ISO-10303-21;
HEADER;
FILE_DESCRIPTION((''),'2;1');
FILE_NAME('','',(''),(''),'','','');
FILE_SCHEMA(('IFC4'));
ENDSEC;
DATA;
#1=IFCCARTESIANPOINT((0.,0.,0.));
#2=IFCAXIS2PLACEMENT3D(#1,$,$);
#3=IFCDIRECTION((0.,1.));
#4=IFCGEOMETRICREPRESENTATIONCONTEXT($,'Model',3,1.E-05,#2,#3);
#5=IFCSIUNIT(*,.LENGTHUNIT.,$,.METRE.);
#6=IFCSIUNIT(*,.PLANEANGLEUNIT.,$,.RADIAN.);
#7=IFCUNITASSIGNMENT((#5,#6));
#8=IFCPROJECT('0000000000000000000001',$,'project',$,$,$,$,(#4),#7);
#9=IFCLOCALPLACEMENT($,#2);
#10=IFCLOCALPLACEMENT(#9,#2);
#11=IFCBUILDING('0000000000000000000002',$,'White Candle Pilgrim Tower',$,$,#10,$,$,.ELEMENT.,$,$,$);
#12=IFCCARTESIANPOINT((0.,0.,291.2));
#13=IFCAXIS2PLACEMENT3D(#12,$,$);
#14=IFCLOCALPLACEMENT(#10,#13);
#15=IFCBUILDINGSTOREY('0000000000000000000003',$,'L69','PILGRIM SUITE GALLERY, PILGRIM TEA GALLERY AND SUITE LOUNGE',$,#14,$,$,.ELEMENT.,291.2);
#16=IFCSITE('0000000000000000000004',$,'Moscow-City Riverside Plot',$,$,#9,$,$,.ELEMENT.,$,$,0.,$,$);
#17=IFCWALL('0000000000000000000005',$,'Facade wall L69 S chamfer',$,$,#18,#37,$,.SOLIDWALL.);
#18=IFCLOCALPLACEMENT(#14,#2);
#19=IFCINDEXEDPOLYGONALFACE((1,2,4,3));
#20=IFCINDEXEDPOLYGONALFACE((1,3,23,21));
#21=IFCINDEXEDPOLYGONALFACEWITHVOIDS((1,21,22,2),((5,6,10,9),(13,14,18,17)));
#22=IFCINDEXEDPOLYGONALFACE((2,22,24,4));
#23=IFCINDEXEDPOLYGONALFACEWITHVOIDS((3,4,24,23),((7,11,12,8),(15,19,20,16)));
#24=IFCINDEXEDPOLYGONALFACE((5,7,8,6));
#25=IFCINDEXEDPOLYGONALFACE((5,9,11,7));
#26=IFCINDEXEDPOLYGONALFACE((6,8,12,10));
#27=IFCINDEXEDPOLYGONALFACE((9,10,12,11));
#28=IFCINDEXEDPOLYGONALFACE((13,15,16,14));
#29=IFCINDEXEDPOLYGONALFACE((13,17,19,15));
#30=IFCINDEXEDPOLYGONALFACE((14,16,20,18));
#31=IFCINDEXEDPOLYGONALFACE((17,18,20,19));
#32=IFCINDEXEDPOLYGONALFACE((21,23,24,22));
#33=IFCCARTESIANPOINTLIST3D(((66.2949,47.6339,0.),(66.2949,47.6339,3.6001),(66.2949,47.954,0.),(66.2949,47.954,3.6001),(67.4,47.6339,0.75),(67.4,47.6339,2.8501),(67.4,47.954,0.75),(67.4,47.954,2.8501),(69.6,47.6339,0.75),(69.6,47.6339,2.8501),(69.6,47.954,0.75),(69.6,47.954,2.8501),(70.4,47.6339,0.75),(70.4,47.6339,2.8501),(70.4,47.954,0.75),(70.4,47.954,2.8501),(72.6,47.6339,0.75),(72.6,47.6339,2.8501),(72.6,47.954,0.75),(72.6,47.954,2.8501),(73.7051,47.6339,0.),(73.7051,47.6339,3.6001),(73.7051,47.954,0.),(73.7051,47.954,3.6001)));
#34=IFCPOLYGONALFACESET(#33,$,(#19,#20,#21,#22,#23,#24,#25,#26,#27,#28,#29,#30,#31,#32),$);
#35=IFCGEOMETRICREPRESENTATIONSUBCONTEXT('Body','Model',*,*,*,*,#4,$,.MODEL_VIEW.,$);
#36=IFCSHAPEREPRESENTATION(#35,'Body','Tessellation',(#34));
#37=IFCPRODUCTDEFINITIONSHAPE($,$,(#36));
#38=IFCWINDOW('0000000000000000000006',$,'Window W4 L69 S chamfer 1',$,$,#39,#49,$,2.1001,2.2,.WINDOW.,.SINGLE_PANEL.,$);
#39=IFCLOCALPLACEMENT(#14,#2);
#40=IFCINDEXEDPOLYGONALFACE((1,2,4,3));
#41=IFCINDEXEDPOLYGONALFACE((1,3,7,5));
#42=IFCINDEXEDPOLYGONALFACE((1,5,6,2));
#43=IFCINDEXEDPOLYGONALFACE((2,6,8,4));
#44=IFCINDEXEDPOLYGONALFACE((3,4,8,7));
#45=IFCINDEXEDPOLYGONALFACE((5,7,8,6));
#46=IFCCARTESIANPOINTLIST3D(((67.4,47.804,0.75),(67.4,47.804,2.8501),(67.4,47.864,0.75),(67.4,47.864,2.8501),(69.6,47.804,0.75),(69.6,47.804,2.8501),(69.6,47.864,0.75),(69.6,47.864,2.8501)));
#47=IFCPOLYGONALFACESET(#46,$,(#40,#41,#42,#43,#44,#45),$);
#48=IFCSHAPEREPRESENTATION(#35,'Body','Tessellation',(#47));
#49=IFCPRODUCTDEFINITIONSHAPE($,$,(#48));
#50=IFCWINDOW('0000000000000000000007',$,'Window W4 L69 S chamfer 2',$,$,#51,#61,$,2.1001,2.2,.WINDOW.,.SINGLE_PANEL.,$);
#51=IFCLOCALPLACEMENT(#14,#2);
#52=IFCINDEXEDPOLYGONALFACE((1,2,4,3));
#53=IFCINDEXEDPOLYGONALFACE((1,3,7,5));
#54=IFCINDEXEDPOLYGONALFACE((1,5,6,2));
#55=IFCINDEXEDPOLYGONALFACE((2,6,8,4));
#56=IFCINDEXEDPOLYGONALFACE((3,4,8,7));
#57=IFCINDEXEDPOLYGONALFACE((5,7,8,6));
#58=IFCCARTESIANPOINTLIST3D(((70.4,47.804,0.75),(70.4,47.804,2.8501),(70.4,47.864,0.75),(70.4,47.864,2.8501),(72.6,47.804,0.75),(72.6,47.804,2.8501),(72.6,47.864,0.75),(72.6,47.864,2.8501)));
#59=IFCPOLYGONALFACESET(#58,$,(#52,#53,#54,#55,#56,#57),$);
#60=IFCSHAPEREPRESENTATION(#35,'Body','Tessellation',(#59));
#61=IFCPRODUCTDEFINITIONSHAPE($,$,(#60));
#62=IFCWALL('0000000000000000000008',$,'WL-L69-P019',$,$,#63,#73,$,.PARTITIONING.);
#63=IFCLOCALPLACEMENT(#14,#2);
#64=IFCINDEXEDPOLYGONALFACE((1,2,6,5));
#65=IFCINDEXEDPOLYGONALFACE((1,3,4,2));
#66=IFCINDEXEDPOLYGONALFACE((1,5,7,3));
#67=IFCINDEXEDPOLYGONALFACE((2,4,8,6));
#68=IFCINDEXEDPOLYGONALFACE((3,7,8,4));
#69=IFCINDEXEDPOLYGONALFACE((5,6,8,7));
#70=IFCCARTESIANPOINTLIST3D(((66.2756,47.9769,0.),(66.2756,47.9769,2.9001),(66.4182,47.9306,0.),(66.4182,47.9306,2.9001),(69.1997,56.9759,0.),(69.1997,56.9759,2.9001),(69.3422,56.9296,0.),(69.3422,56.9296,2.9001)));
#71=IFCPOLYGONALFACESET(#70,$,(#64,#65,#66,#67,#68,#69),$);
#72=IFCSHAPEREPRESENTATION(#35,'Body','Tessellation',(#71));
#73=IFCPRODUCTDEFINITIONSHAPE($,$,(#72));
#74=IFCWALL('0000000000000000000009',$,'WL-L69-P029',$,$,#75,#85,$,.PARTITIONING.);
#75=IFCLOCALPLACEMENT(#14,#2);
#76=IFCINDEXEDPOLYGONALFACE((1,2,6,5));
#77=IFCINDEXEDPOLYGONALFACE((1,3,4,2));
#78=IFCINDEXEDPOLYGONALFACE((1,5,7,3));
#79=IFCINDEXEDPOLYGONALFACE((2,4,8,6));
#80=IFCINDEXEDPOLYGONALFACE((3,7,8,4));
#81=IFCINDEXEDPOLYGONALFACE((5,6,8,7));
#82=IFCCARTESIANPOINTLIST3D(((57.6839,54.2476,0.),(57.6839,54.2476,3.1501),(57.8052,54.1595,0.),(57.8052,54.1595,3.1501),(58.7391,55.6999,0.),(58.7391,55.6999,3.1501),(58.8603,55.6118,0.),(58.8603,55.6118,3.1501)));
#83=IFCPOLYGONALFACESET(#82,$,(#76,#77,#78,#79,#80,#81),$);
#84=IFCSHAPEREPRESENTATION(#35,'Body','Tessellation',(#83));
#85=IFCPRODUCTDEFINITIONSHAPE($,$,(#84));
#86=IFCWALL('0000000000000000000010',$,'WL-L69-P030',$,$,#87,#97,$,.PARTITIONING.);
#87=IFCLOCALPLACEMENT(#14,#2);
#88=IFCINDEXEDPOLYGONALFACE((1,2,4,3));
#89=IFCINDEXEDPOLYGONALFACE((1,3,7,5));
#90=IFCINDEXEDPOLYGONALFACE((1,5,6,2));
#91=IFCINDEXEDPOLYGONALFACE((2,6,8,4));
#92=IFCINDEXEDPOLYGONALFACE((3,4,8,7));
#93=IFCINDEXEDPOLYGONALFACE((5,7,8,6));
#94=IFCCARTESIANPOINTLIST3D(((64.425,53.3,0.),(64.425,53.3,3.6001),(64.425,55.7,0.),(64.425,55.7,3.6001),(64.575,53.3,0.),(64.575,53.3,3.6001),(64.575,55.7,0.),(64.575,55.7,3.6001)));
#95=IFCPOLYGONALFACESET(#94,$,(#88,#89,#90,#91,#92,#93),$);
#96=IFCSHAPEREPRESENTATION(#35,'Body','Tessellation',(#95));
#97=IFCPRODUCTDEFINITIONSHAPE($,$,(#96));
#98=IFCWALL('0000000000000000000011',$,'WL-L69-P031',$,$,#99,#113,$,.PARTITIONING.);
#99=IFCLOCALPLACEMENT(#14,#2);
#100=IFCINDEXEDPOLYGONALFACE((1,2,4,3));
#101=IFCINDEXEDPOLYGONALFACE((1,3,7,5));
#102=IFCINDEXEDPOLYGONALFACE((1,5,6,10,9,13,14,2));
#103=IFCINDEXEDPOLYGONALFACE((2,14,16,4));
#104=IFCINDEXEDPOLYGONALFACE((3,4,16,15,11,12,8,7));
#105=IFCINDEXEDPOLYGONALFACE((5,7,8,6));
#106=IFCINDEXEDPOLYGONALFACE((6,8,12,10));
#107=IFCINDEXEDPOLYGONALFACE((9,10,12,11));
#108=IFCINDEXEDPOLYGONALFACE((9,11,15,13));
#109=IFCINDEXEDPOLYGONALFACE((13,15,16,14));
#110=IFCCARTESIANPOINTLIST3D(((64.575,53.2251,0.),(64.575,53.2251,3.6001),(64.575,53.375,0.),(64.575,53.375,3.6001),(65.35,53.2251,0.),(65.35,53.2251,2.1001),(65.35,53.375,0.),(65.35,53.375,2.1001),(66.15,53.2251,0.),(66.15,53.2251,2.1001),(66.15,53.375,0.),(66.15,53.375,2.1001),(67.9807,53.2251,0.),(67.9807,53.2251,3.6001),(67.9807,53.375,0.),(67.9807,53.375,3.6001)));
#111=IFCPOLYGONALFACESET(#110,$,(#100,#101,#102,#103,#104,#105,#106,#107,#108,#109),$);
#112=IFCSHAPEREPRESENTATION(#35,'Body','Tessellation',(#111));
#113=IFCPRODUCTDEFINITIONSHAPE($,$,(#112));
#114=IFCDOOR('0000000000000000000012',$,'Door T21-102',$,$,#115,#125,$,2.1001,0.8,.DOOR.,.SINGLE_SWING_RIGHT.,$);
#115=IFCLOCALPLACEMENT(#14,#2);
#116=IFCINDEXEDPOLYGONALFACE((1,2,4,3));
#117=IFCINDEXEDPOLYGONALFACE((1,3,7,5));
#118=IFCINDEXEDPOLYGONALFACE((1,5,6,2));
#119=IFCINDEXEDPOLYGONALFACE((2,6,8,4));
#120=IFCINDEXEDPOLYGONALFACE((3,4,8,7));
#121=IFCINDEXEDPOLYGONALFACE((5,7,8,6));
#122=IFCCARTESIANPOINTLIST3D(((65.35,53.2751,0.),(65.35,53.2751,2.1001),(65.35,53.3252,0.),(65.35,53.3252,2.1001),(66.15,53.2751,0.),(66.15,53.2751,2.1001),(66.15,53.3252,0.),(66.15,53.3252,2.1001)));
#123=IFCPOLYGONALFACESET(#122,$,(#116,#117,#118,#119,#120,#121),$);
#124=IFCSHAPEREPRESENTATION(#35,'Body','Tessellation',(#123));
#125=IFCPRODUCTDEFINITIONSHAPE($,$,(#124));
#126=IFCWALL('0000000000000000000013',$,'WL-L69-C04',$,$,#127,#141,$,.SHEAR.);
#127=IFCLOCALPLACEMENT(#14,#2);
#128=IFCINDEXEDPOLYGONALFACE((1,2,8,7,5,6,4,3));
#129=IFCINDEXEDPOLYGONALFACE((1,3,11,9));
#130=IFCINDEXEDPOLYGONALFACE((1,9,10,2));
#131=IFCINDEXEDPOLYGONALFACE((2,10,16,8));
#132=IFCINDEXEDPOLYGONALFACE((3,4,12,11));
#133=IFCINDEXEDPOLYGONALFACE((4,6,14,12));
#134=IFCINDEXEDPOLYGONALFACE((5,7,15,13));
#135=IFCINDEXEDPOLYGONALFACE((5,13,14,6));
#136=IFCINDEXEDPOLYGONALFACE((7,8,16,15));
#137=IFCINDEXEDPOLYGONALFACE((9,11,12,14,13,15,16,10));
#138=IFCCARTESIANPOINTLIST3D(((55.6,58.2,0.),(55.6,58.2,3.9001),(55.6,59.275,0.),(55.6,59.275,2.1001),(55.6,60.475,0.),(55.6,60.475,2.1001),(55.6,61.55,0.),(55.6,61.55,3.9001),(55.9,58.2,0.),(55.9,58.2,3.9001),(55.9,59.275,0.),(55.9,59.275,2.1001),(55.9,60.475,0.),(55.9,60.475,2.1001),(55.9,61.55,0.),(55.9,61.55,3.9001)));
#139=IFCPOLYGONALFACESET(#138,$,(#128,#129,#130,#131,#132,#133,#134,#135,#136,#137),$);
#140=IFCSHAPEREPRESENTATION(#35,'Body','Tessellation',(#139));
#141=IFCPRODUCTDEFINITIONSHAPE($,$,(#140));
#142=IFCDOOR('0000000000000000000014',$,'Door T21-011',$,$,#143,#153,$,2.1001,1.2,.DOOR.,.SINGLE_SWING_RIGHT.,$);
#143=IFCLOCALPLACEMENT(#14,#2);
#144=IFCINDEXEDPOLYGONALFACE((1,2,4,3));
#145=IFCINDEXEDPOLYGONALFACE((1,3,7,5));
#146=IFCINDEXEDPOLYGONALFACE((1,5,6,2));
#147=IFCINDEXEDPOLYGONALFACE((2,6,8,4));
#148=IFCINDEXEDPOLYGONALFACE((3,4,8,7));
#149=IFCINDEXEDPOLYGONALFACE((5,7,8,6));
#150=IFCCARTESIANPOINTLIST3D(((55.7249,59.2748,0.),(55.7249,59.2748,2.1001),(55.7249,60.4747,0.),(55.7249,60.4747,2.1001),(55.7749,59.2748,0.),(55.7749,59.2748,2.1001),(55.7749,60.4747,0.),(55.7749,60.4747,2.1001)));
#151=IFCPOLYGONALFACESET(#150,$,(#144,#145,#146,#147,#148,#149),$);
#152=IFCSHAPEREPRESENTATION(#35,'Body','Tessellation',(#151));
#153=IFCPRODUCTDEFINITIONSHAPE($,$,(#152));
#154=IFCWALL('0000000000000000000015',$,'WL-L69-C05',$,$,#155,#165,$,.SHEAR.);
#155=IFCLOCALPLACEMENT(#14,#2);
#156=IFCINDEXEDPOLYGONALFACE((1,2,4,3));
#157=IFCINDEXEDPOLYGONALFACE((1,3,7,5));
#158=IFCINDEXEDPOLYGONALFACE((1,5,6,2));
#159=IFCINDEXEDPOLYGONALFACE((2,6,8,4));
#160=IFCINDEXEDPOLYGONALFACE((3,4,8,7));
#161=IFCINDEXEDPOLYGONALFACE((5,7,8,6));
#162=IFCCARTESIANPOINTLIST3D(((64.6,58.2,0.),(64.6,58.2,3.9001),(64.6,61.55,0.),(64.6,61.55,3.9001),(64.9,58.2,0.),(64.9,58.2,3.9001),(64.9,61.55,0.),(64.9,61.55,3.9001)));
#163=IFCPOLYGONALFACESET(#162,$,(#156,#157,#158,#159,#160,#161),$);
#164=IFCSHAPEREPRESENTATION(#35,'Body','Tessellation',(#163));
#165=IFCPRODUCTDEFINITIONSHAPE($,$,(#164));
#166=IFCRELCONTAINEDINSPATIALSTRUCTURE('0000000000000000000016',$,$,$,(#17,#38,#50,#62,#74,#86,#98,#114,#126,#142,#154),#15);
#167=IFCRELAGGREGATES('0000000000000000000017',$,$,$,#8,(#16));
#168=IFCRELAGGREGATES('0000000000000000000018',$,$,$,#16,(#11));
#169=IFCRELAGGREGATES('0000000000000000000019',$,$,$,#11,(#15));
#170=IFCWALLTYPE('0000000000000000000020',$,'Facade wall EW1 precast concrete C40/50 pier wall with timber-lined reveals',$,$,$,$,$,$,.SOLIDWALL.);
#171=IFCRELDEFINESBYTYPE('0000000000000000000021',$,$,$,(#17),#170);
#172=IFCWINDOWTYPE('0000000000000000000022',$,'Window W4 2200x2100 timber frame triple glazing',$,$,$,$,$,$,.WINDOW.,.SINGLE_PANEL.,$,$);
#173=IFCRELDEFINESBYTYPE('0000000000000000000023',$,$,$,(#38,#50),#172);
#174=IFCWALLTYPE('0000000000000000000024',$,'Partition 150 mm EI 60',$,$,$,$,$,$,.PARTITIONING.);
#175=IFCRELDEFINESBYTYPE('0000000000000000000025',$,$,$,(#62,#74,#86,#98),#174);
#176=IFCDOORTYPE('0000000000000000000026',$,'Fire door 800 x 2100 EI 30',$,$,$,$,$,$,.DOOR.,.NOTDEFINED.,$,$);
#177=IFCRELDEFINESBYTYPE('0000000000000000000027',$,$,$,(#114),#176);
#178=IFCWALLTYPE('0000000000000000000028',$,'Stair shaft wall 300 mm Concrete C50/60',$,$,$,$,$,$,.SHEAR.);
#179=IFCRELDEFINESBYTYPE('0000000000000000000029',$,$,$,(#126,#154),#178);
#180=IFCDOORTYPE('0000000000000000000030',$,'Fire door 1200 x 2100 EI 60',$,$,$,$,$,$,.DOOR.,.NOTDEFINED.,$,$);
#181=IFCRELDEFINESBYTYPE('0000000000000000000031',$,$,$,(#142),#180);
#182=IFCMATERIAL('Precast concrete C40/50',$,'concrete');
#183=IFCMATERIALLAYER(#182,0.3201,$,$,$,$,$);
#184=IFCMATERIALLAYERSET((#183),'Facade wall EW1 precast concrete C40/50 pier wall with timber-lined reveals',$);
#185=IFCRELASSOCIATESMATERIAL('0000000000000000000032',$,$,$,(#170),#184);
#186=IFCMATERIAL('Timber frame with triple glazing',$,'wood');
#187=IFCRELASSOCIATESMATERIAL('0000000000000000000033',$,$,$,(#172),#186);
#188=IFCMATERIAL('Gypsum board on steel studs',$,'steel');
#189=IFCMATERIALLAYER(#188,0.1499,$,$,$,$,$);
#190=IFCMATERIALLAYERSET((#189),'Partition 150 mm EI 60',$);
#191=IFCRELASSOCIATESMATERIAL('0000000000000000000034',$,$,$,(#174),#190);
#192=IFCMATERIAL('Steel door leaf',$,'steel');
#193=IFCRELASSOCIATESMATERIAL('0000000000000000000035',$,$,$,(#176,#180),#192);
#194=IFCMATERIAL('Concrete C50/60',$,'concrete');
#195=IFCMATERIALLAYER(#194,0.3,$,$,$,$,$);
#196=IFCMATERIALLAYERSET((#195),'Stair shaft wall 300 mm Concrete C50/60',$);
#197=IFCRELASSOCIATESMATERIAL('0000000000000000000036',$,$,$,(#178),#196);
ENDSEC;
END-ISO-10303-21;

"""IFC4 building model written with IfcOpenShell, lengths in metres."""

from ifc_helpers import new_model, si_unit, direction, frame, frame_2d, origin, place, context, subcontext, project, spatial, rectangle, extrude, material, layer, layer_set, type_object, element, fill, save


model = new_model("IFC4")

# Units and contexts
model_context = context("Model", 3, precision=1e-05, world=origin(), true_north=direction((0.0, 1.0)))
body_context = subcontext(model_context, "Body", "Model", "MODEL_VIEW")
ifc_project = project(units=[si_unit("LENGTHUNIT", "METRE"), si_unit("PLANEANGLEUNIT", "RADIAN")], contexts=[model_context])

# Site, building, storey
site_placement = place(None, origin())
site = spatial("IfcSite", under=ifc_project, at=site_placement, Name="Moscow-City Riverside Plot", CompositionType="ELEMENT", RefElevation=0.0)
building_placement = place(site_placement, origin())
building = spatial("IfcBuilding", under=site, at=building_placement, Name="White Candle Pilgrim Tower", CompositionType="ELEMENT")
storey_placement = place(building_placement, frame((0.0, 0.0, 291.2)))
storey = spatial("IfcBuildingStorey", under=building, at=storey_placement, Name="L69", Description="PILGRIM SUITE GALLERY, PILGRIM TEA GALLERY AND SUITE LOUNGE", CompositionType="ELEMENT", Elevation=291.2)

# Shared definitions
ifc_material_1 = material(Name="Concrete C50/60", Category="concrete")

# Shared definitions
ifc_material_2 = material(Name="Gypsum board on steel studs", Category="steel")
ifc_material_3 = material(Name="Steel door leaf", Category="steel")

# Wall, openings, windows
ifc_material_4 = material(Name="Precast concrete C40/50", Category="concrete")
ifc_layer_1 = layer(ifc_material_4, 0.3201)
ifc_layer_set_1 = layer_set([ifc_layer_1], Name="Facade wall EW1 precast concrete C40/50 pier wall with timber-lined reveals")
wall_type_1 = type_object("IfcWallType", Name="Facade wall EW1 precast concrete C40/50 pier wall with timber-lined reveals", PredefinedType="SOLIDWALL", material=ifc_layer_set_1)
wall_1_placement = place(storey_placement, frame((66.2949, 47.7939, 0.0), z_axis=(0.0, 0.0, 1.0), x_axis=(1.0, 0.0, 0.0)))
wall_1 = element("IfcWall", 1, at=wall_1_placement, inside=storey, type_object=wall_type_1, Name="Facade wall L69 S chamfer", PredefinedType="SOLIDWALL", context=body_context, shape_type="SweptSolid", body=[
    extrude(rectangle(XDim=7.4102, YDim=0.3201, at=frame_2d((3.7051, 0.0))), origin(), (0.0, 0.0, 1.0), 3.6001),
])
opening_1_placement = place(wall_1_placement, frame((1.105, 0.0, 0.75)))
opening_1 = element("IfcOpeningElement", 2, at=opening_1_placement, cuts=wall_1, PredefinedType="OPENING", context=body_context, shape_type="SweptSolid", body=[
    extrude(rectangle(XDim=2.2, YDim=2.1001, at=frame_2d((1.1001, 1.05))), frame((0.0, 0.1699, 0.0), z_axis=(0.0, -1.0, 0.0), x_axis=(1.0, 0.0, 0.0)), (0.0, 0.0, 1.0), 0.3401),
])
opening_2_placement = place(wall_1_placement, frame((4.105, 0.0, 0.75)))
opening_2 = element("IfcOpeningElement", 3, at=opening_2_placement, cuts=wall_1, PredefinedType="OPENING", context=body_context, shape_type="SweptSolid", body=[
    extrude(rectangle(XDim=2.2, YDim=2.1001, at=frame_2d((1.1001, 1.05))), frame((0.0, 0.1699, 0.0), z_axis=(0.0, -1.0, 0.0), x_axis=(1.0, 0.0, 0.0)), (0.0, 0.0, 1.0), 0.3401),
])
ifc_material_5 = material(Name="Timber frame with triple glazing", Category="wood")
window_type = type_object("IfcWindowType", Name="Window W4 2200x2100 timber frame triple glazing", PartitioningType="SINGLE_PANEL", PredefinedType="WINDOW", material=ifc_material_5)
window_1_placement = place(opening_1_placement, origin())
window_1 = element("IfcWindow", 4, at=window_1_placement, inside=storey, type_object=window_type, Name="Window W4 L69 S chamfer 1", OverallHeight=2.1001, OverallWidth=2.2, PartitioningType="SINGLE_PANEL", PredefinedType="WINDOW", context=body_context, shape_type="SweptSolid", body=[
    extrude(rectangle(XDim=2.2, YDim=2.1001, at=frame_2d((1.1001, 1.05))), frame((0.0, 0.0701, 0.0), z_axis=(0.0, -1.0, 0.0), x_axis=(1.0, 0.0, 0.0)), (0.0, 0.0, 1.0), 0.0601),
])
fill(opening_1, window_1)
window_2_placement = place(opening_2_placement, origin())
window_2 = element("IfcWindow", 5, at=window_2_placement, inside=storey, type_object=window_type, Name="Window W4 L69 S chamfer 2", OverallHeight=2.1001, OverallWidth=2.2, PartitioningType="SINGLE_PANEL", PredefinedType="WINDOW", context=body_context, shape_type="SweptSolid", body=[
    extrude(rectangle(XDim=2.2, YDim=2.1001, at=frame_2d((1.1001, 1.05))), frame((0.0, 0.0701, 0.0), z_axis=(0.0, -1.0, 0.0), x_axis=(1.0, 0.0, 0.0)), (0.0, 0.0, 1.0), 0.0601),
])
fill(opening_2, window_2)

# Walls
ifc_layer_2 = layer(ifc_material_2, 0.1499)
ifc_layer_set_2 = layer_set([ifc_layer_2], Name="Partition 150 mm EI 60")
wall_type_2 = type_object("IfcWallType", Name="Partition 150 mm EI 60", PredefinedType="PARTITIONING", material=ifc_layer_set_2)
wall_2_placement = place(storey_placement, frame((66.3469, 47.9539, 0.0), z_axis=(0.0, 0.0, 1.0), x_axis=(0.309028, 0.951053, 0.0)))
element("IfcWall", 6, at=wall_2_placement, inside=storey, type_object=wall_type_2, Name="WL-L69-P019", PredefinedType="PARTITIONING", context=body_context, shape_type="SweptSolid", body=[
    extrude(rectangle(XDim=9.4622, YDim=0.1499, at=frame_2d((4.731, 0.0))), origin(), (0.0, 0.0, 1.0), 2.9001),
])
wall_3_placement = place(storey_placement, frame((57.7446, 54.2036, 0.0), z_axis=(0.0, 0.0, 1.0), x_axis=(0.587767, 0.80903, 0.0)))
element("IfcWall", 7, at=wall_3_placement, inside=storey, type_object=wall_type_2, Name="WL-L69-P029", PredefinedType="PARTITIONING", context=body_context, shape_type="SweptSolid", body=[
    extrude(rectangle(XDim=1.7952, YDim=0.1499, at=frame_2d((0.8975, 0.0))), origin(), (0.0, 0.0, 1.0), 3.1501),
])
wall_4_placement = place(storey_placement, frame((64.5, 55.7, 0.0), z_axis=(0.0, 0.0, 1.0), x_axis=(0.0, -1.0, 0.0)))
element("IfcWall", 8, at=wall_4_placement, inside=storey, type_object=wall_type_2, Name="WL-L69-P030", PredefinedType="PARTITIONING", context=body_context, shape_type="SweptSolid", body=[
    extrude(rectangle(XDim=2.3999, YDim=0.1499, at=frame_2d((1.2, 0.0))), origin(), (0.0, 0.0, 1.0), 3.6001),
])

# Walls, openings, doors
wall_5_placement = place(storey_placement, frame((67.9807, 53.3, 0.0), z_axis=(0.0, 0.0, 1.0), x_axis=(-1.0, 0.0, 0.0)))
wall_5 = element("IfcWall", 9, at=wall_5_placement, inside=storey, type_object=wall_type_2, Name="WL-L69-P031", PredefinedType="PARTITIONING", context=body_context, shape_type="SweptSolid", body=[
    extrude(rectangle(XDim=3.4058, YDim=0.1499, at=frame_2d((1.7029, 0.0))), origin(), (0.0, 0.0, 1.0), 3.6001),
])
opening_3_placement = place(wall_5_placement, frame((1.8308, 0.0, 0.0)))
opening_3 = element("IfcOpeningElement", 10, at=opening_3_placement, cuts=wall_5, PredefinedType="OPENING", context=body_context, shape_type="SweptSolid", body=[
    extrude(rectangle(XDim=0.8, YDim=2.1001, at=frame_2d((0.3999, 1.05))), frame((0.0, 0.085, 0.0), z_axis=(0.0, -1.0, 0.0), x_axis=(1.0, 0.0, 0.0)), (0.0, 0.0, 1.0), 0.1699),
])
door_type_1 = type_object("IfcDoorType", Name="Fire door 800 x 2100 EI 30", OperationType="NOTDEFINED", PredefinedType="DOOR", material=ifc_material_3)
door_1_placement = place(opening_3_placement, origin())
door_1 = element("IfcDoor", 11, at=door_1_placement, inside=storey, type_object=door_type_1, Name="Door T21-102", OperationType="SINGLE_SWING_RIGHT", OverallHeight=2.1001, OverallWidth=0.8, PredefinedType="DOOR", context=body_context, shape_type="SweptSolid", body=[
    extrude(rectangle(XDim=0.8, YDim=2.1001, at=frame_2d((0.3999, 1.05))), frame((0.0, 0.0249, 0.0), z_axis=(0.0, -1.0, 0.0), x_axis=(1.0, 0.0, 0.0)), (0.0, 0.0, 1.0), 0.05),
])
fill(opening_3, door_1)
ifc_layer_3 = layer(ifc_material_1, 0.3)
ifc_layer_set_3 = layer_set([ifc_layer_3], Name="Stair shaft wall 300 mm Concrete C50/60")
wall_type_3 = type_object("IfcWallType", Name="Stair shaft wall 300 mm Concrete C50/60", PredefinedType="SHEAR", material=ifc_layer_set_3)
wall_6_placement = place(storey_placement, frame((55.75, 58.2, 0.0), z_axis=(0.0, 0.0, 1.0), x_axis=(0.0, 1.0, 0.0)))
wall_6 = element("IfcWall", 12, at=wall_6_placement, inside=storey, type_object=wall_type_3, Name="WL-L69-C04", PredefinedType="SHEAR", context=body_context, shape_type="SweptSolid", body=[
    extrude(rectangle(XDim=3.3501, YDim=0.3, at=frame_2d((1.675, 0.0))), origin(), (0.0, 0.0, 1.0), 3.9001),
])
opening_4_placement = place(wall_6_placement, frame((1.075, 0.0, 0.0)))
opening_4 = element("IfcOpeningElement", 13, at=opening_4_placement, cuts=wall_6, PredefinedType="OPENING", context=body_context, shape_type="SweptSolid", body=[
    extrude(rectangle(XDim=1.2, YDim=2.1001, at=frame_2d((0.6001, 1.05))), frame((0.0, 0.1599, 0.0), z_axis=(0.0, -1.0, 0.0), x_axis=(1.0, 0.0, 0.0)), (0.0, 0.0, 1.0), 0.3201),
])
door_type_2 = type_object("IfcDoorType", Name="Fire door 1200 x 2100 EI 60", OperationType="NOTDEFINED", PredefinedType="DOOR", material=ifc_material_3)
door_2_placement = place(opening_4_placement, frame((1.2, 0.0, 0.0), z_axis=(0.0, 0.0, 1.0), x_axis=(-1.0, 0.0, 0.0)))
door_2 = element("IfcDoor", 14, at=door_2_placement, inside=storey, type_object=door_type_2, Name="Door T21-011", OperationType="SINGLE_SWING_RIGHT", OverallHeight=2.1001, OverallWidth=1.2, PredefinedType="DOOR", context=body_context, shape_type="SweptSolid", body=[
    extrude(rectangle(XDim=1.2, YDim=2.1001, at=frame_2d((0.6001, 1.05))), frame((0.0, 0.0249, 0.0), z_axis=(0.0, -1.0, 0.0), x_axis=(1.0, 0.0, 0.0)), (0.0, 0.0, 1.0), 0.05),
])
fill(opening_4, door_2)

# Wall
wall_7_placement = place(storey_placement, frame((64.75, 58.2, 0.0), z_axis=(0.0, 0.0, 1.0), x_axis=(0.0, 1.0, 0.0)))
element("IfcWall", 15, at=wall_7_placement, inside=storey, type_object=wall_type_3, Name="WL-L69-C05", PredefinedType="SHEAR", context=body_context, shape_type="SweptSolid", body=[
    extrude(rectangle(XDim=3.3501, YDim=0.3, at=frame_2d((1.675, 0.0))), origin(), (0.0, 0.0, 1.0), 3.9001),
])

save(model, "model.ifc")
